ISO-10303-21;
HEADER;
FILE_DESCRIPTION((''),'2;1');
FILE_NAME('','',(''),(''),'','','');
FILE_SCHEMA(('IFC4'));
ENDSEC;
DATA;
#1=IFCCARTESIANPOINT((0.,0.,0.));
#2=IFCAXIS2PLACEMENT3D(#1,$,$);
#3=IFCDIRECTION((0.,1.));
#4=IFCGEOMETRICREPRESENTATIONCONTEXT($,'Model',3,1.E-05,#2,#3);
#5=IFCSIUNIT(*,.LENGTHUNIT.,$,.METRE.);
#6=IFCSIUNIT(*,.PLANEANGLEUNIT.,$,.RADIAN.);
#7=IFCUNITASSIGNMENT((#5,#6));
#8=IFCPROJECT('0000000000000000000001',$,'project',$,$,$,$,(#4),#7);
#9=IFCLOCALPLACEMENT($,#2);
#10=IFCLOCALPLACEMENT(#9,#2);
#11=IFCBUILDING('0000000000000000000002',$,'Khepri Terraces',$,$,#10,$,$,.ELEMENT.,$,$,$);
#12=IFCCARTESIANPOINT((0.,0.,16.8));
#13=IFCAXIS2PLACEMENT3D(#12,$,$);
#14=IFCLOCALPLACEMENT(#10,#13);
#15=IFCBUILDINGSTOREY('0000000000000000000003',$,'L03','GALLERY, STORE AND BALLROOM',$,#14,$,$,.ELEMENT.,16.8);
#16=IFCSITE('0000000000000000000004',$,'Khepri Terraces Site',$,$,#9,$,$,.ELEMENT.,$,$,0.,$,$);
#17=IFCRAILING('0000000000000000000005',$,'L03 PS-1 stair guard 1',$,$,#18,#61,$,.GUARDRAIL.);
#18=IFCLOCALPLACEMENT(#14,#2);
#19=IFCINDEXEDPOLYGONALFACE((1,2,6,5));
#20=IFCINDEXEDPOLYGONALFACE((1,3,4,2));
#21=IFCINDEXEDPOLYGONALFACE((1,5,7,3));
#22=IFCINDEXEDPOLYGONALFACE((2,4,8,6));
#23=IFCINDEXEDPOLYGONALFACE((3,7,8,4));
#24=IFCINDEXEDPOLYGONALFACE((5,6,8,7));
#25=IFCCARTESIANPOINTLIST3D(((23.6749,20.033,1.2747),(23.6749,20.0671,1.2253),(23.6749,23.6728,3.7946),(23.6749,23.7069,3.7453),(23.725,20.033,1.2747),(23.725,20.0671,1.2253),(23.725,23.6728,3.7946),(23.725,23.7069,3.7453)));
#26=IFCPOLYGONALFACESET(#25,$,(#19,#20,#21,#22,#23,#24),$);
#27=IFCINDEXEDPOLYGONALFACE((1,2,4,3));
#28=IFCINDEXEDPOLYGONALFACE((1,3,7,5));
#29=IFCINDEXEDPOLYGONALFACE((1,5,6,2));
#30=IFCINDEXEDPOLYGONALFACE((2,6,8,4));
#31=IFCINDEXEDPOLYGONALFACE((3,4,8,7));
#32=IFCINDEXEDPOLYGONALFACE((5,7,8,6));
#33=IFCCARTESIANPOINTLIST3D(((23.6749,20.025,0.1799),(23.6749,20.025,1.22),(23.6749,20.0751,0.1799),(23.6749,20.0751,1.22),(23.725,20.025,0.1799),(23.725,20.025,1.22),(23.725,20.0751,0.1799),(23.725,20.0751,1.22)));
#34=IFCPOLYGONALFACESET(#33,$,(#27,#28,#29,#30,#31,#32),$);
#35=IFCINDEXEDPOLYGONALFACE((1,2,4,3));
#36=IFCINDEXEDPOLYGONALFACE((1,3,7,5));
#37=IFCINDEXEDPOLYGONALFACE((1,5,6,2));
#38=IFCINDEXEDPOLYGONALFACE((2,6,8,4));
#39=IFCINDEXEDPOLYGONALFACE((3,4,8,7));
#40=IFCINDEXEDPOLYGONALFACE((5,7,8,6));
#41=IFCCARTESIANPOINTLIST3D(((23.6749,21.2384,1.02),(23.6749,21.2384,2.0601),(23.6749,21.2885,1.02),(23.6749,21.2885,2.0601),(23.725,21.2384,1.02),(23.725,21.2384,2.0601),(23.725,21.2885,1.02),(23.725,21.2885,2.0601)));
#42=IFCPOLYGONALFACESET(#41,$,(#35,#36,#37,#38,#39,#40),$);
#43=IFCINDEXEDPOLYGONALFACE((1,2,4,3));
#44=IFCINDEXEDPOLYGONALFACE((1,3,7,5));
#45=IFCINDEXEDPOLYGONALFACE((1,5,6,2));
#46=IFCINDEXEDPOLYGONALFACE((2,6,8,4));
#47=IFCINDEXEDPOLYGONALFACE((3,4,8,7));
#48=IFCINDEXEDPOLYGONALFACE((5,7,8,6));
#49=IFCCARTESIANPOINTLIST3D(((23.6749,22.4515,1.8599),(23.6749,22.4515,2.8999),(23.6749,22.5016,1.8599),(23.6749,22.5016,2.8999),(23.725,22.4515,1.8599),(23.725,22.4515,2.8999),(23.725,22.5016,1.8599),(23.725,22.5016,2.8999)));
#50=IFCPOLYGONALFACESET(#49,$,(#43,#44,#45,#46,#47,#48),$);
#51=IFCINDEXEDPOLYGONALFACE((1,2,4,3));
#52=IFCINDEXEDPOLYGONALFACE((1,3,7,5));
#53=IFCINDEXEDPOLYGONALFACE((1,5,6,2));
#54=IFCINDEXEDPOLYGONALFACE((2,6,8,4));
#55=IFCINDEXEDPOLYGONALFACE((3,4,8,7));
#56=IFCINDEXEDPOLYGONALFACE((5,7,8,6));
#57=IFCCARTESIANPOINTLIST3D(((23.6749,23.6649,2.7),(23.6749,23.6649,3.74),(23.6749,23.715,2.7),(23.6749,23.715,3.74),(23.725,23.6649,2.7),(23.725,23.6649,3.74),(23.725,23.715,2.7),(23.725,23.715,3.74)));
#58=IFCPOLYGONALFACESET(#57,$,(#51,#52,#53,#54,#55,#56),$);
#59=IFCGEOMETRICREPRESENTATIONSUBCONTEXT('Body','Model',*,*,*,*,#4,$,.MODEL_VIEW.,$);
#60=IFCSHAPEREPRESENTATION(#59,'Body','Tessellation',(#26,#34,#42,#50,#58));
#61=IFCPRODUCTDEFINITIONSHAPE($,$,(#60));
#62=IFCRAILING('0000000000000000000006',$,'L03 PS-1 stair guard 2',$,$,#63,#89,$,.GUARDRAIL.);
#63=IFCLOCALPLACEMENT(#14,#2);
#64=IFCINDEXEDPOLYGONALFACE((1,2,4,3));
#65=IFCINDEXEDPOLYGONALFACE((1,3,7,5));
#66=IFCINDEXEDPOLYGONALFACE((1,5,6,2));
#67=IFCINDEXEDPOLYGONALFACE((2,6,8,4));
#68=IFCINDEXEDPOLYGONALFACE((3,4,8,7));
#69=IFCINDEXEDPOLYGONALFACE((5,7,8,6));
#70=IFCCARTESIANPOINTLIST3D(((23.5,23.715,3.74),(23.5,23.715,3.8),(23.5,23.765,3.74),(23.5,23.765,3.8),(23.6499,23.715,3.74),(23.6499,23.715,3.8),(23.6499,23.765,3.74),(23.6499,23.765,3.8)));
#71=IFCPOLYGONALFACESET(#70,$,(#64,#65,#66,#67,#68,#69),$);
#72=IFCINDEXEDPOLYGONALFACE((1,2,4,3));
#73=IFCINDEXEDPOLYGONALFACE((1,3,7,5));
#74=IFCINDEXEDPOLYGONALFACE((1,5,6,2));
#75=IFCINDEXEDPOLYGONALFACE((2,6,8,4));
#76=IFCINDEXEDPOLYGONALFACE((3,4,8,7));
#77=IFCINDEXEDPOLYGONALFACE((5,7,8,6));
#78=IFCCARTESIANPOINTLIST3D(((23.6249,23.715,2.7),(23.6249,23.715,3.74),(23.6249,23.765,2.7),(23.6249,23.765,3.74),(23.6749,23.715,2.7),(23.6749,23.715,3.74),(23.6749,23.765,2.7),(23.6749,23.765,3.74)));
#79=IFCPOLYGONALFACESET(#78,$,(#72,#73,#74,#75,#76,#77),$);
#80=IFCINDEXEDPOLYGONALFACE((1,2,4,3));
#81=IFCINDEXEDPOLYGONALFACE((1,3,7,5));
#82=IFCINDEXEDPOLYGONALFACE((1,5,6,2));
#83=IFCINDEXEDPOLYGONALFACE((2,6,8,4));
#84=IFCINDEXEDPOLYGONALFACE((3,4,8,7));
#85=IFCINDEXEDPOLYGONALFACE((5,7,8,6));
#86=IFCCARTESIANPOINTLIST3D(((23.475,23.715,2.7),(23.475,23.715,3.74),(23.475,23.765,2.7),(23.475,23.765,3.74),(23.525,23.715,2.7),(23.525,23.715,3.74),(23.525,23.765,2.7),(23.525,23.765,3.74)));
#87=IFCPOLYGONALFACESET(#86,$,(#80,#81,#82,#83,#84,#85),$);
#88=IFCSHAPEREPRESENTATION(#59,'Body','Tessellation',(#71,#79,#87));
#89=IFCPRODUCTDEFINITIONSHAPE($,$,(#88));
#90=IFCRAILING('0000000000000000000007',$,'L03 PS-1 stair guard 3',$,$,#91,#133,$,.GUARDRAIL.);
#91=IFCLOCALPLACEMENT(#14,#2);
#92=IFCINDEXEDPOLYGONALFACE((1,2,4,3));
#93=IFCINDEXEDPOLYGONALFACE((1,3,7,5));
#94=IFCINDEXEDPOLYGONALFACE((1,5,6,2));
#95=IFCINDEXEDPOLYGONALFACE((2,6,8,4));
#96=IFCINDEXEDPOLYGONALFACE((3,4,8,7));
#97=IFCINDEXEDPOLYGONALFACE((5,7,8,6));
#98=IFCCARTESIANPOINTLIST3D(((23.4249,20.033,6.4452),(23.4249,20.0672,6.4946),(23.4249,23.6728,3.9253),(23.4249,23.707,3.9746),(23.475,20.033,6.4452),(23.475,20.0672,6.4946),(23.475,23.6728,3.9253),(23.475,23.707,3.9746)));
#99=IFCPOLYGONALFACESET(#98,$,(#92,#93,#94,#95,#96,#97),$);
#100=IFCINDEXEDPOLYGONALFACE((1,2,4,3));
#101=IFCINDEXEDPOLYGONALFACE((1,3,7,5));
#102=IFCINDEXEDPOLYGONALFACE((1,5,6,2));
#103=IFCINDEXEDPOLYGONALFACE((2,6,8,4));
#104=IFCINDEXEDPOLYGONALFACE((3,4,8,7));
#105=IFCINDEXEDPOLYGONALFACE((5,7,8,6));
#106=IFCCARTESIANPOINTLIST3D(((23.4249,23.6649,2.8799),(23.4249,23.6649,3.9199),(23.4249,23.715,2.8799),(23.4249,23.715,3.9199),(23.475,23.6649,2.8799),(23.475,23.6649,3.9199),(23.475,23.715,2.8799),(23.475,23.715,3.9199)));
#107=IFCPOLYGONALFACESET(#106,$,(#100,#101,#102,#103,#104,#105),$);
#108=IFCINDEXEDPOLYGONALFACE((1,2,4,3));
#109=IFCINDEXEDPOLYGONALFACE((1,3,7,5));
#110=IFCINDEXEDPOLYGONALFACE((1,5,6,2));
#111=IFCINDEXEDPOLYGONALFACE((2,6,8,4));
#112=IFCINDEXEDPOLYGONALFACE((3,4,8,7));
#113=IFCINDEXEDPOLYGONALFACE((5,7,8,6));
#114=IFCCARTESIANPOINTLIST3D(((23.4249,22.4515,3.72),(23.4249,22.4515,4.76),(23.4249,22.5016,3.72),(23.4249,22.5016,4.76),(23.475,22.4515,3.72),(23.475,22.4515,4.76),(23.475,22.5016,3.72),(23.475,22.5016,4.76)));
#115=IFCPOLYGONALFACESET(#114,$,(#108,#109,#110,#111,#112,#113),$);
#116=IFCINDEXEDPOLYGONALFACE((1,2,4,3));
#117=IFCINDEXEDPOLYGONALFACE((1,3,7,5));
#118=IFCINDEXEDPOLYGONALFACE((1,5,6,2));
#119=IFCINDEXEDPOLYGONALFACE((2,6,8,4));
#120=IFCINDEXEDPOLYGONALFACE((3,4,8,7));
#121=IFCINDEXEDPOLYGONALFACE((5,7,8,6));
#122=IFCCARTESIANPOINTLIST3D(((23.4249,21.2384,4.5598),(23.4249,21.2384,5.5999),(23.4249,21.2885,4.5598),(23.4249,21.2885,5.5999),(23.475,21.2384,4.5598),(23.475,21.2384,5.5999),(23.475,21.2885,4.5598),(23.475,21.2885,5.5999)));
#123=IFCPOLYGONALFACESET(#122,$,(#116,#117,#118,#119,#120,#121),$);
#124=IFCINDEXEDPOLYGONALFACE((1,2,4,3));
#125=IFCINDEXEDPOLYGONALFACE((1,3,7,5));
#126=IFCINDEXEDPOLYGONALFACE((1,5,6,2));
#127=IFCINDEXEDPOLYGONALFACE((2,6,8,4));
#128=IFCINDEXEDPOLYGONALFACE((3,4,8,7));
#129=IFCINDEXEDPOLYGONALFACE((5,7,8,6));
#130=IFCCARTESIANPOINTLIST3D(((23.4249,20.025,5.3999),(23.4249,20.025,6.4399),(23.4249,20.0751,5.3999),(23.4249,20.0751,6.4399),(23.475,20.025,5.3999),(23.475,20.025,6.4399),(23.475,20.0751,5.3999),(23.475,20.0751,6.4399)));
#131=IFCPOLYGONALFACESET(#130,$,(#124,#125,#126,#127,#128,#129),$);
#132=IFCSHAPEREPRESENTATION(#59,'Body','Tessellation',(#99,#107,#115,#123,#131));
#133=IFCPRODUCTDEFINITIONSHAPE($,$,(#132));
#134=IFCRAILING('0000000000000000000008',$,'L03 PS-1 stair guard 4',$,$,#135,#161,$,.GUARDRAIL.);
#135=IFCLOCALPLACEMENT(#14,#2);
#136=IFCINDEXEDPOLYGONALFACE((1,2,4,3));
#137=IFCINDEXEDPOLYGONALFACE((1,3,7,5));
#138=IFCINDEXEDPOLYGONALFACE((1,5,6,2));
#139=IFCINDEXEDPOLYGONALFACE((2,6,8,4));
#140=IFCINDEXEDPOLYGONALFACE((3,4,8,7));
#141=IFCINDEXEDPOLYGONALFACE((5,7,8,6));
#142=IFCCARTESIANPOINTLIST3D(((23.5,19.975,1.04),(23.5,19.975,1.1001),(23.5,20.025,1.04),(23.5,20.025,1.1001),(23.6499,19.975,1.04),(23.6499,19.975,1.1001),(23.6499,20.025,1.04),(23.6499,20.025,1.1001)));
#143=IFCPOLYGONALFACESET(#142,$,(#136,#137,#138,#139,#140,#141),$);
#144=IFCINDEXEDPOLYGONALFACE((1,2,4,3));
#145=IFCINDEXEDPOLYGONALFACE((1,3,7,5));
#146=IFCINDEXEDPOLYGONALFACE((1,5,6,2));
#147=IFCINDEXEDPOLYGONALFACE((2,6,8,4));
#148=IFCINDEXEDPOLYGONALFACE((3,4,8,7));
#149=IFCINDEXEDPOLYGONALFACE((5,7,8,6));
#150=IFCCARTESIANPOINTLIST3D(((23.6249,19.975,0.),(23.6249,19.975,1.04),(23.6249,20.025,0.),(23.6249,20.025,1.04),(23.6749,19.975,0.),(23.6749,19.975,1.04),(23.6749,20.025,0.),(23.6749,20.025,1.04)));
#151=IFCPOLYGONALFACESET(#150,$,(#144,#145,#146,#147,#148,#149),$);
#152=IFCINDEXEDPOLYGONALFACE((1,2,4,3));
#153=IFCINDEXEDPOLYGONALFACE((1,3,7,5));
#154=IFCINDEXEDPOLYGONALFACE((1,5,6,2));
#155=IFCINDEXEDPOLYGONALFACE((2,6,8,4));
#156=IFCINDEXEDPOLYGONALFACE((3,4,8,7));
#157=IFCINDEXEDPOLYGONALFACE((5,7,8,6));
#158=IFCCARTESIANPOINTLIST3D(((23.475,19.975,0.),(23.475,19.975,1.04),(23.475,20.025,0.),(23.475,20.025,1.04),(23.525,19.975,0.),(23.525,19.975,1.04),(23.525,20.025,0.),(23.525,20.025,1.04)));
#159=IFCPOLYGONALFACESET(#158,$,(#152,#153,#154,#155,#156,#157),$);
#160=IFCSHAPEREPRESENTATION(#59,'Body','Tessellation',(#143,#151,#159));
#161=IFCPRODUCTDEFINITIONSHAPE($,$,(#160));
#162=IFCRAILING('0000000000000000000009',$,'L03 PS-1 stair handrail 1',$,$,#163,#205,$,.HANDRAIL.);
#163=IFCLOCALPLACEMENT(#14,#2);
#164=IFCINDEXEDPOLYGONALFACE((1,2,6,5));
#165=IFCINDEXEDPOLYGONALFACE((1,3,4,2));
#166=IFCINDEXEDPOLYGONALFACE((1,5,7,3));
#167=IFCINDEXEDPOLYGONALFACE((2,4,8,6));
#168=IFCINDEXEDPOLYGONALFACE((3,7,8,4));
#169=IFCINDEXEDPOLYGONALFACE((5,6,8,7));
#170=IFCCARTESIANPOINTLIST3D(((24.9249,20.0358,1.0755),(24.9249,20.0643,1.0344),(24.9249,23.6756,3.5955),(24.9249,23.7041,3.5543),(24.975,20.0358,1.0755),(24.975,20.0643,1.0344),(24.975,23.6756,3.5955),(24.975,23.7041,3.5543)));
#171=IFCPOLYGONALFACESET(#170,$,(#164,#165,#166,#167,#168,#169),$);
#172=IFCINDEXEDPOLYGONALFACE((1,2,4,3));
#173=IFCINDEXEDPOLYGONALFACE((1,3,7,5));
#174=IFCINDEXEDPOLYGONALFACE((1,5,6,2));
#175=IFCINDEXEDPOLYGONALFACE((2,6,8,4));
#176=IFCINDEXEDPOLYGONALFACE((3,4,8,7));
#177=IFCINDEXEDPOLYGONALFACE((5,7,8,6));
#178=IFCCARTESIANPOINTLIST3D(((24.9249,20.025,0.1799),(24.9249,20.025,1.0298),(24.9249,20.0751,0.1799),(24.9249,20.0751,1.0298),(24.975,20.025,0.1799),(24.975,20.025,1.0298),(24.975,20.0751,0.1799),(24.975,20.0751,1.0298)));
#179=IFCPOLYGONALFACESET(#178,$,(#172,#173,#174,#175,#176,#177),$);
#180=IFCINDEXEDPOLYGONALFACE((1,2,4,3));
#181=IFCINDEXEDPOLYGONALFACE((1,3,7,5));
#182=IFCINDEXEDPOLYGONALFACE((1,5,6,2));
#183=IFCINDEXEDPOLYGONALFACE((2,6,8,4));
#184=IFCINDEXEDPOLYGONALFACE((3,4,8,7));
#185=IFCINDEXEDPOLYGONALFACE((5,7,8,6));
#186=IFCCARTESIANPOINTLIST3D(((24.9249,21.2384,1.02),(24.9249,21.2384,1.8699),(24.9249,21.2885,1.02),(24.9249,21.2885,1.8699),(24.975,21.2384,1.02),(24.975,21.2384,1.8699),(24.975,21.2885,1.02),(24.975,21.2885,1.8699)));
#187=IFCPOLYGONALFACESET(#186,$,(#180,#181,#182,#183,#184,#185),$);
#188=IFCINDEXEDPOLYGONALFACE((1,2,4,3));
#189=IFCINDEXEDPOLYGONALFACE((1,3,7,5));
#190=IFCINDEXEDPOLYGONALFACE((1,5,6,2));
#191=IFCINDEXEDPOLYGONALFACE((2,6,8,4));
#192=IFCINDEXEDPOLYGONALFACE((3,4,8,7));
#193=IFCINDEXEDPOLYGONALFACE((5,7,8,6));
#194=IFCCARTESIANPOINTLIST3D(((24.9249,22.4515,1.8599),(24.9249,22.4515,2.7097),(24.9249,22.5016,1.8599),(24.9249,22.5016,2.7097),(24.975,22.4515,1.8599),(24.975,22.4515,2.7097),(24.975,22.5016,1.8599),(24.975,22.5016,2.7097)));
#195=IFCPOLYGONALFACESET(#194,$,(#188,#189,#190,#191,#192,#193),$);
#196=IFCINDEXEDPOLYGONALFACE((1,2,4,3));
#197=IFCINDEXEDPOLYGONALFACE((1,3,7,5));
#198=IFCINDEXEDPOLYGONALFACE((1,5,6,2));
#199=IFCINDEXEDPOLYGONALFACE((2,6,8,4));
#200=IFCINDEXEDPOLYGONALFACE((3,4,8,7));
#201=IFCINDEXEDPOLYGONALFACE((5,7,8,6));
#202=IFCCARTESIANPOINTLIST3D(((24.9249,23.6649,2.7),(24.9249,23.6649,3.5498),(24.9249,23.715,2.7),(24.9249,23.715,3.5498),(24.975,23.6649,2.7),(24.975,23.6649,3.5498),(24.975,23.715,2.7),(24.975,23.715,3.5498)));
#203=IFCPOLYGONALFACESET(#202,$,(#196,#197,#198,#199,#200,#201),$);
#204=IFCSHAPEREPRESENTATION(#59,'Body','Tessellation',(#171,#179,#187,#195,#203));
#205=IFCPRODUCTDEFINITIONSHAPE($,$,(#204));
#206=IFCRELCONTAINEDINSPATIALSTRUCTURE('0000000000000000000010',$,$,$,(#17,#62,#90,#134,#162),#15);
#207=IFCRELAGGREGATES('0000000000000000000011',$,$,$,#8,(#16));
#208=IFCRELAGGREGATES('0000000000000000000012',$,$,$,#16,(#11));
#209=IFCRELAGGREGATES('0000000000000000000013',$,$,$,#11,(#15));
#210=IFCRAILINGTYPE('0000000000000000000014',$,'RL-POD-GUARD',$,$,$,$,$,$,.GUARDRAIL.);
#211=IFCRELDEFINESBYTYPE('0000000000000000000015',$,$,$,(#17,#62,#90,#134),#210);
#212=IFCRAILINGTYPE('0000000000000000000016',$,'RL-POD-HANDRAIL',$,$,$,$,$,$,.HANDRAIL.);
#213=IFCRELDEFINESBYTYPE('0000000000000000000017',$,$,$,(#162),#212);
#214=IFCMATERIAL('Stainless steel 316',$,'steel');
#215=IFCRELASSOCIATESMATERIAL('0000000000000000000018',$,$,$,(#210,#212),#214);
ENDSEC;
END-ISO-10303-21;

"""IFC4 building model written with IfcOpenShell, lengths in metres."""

from ifc_helpers import new_model, si_unit, direction, frame, origin, origin_2d, place, context, subcontext, project, spatial, rectangle, extrude, material, type_object, element, save


model = new_model("IFC4")

# Units and contexts
model_context = context("Model", 3, precision=1e-05, world=origin(), true_north=direction((0.0, 1.0)))
body_context = subcontext(model_context, "Body", "Model", "MODEL_VIEW")
ifc_project = project(units=[si_unit("LENGTHUNIT", "METRE"), si_unit("PLANEANGLEUNIT", "RADIAN")], contexts=[model_context])

# Site, building, storey
site_placement = place(None, origin())
site = spatial("IfcSite", under=ifc_project, at=site_placement, Name="Khepri Terraces Site", CompositionType="ELEMENT", RefElevation=0.0)
building_placement = place(site_placement, origin())
building = spatial("IfcBuilding", under=site, at=building_placement, Name="Khepri Terraces", CompositionType="ELEMENT")
storey_placement = place(building_placement, frame((0.0, 0.0, 16.8)))
storey = spatial("IfcBuildingStorey", under=building, at=storey_placement, Name="L03", Description="GALLERY, STORE AND BALLROOM", CompositionType="ELEMENT", Elevation=16.8)

# Railings
ifc_material_1 = material(Name="Stainless steel 316", Category="steel")
railing_type_1 = type_object("IfcRailingType", Name="RL-POD-GUARD", PredefinedType="GUARDRAIL", material=ifc_material_1)
railing_1_placement = place(storey_placement, frame((23.7, 20.05, 0.1799)))
element("IfcRailing", 1, at=railing_1_placement, inside=storey, type_object=railing_type_1, Name="L03 PS-1 stair guard 1", PredefinedType="GUARDRAIL", context=body_context, shape_type="SweptSolid", body=[
    extrude(rectangle(XDim=0.05, YDim=0.0601, at=origin_2d()), frame((0.0, 0.0, 1.0701), z_axis=(0.0, 0.822182, 0.569224), x_axis=(-1.0, 0.0, 0.0)), (0.0, 0.0, 1.0), 4.427),
    extrude(rectangle(XDim=0.05, YDim=0.05, at=origin_2d()), origin(), (0.0, 0.0, 1.0), 1.04),
    extrude(rectangle(XDim=0.05, YDim=0.05, at=origin_2d()), frame((0.0, 1.2134, 0.8401)), (0.0, 0.0, 1.0), 1.04),
    extrude(rectangle(XDim=0.05, YDim=0.05, at=origin_2d()), frame((0.0, 2.4265, 1.6799)), (0.0, 0.0, 1.0), 1.04),
    extrude(rectangle(XDim=0.05, YDim=0.05, at=origin_2d()), frame((0.0, 3.6399, 2.52)), (0.0, 0.0, 1.0), 1.04),
])
railing_2_placement = place(storey_placement, frame((23.6499, 23.74, 2.7)))
element("IfcRailing", 2, at=railing_2_placement, inside=storey, type_object=railing_type_1, Name="L03 PS-1 stair guard 2", PredefinedType="GUARDRAIL", context=body_context, shape_type="SweptSolid", body=[
    extrude(rectangle(XDim=0.05, YDim=0.0601, at=origin_2d()), frame((0.0, 0.0, 1.0701), z_axis=(-1.0, 0.0, 0.0), x_axis=(0.0, -1.0, 0.0)), (0.0, 0.0, 1.0), 0.1499),
    extrude(rectangle(XDim=0.05, YDim=0.05, at=origin_2d()), origin(), (0.0, 0.0, 1.0), 1.04),
    extrude(rectangle(XDim=0.05, YDim=0.05, at=origin_2d()), frame((-0.1499, 0.0, 0.0)), (0.0, 0.0, 1.0), 1.04),
])
railing_3_placement = place(storey_placement, frame((23.45, 23.6899, 2.8799)))
element("IfcRailing", 3, at=railing_3_placement, inside=storey, type_object=railing_type_1, Name="L03 PS-1 stair guard 3", PredefinedType="GUARDRAIL", context=body_context, shape_type="SweptSolid", body=[
    extrude(rectangle(XDim=0.05, YDim=0.0601, at=origin_2d()), frame((0.0, 0.0, 1.0701), z_axis=(0.0, -0.822182, 0.569224), x_axis=(1.0, 0.0, 0.0)), (0.0, 0.0, 1.0), 4.427),
    extrude(rectangle(XDim=0.05, YDim=0.05, at=origin_2d()), origin(), (0.0, 0.0, 1.0), 1.04),
    extrude(rectangle(XDim=0.05, YDim=0.05, at=origin_2d()), frame((0.0, -1.2134, 0.8401)), (0.0, 0.0, 1.0), 1.04),
    extrude(rectangle(XDim=0.05, YDim=0.05, at=origin_2d()), frame((0.0, -2.4265, 1.6799)), (0.0, 0.0, 1.0), 1.04),
    extrude(rectangle(XDim=0.05, YDim=0.05, at=origin_2d()), frame((0.0, -3.6399, 2.52)), (0.0, 0.0, 1.0), 1.04),
])
railing_4_placement = place(storey_placement, frame((23.6499, 20.0, 0.0)))
element("IfcRailing", 4, at=railing_4_placement, inside=storey, type_object=railing_type_1, Name="L03 PS-1 stair guard 4", PredefinedType="GUARDRAIL", context=body_context, shape_type="SweptSolid", body=[
    extrude(rectangle(XDim=0.05, YDim=0.0601, at=origin_2d()), frame((0.0, 0.0, 1.0701), z_axis=(-1.0, 0.0, 0.0), x_axis=(0.0, -1.0, 0.0)), (0.0, 0.0, 1.0), 0.1499),
    extrude(rectangle(XDim=0.05, YDim=0.05, at=origin_2d()), origin(), (0.0, 0.0, 1.0), 1.04),
    extrude(rectangle(XDim=0.05, YDim=0.05, at=origin_2d()), frame((-0.1499, 0.0, 0.0)), (0.0, 0.0, 1.0), 1.04),
])
railing_type_2 = type_object("IfcRailingType", Name="RL-POD-HANDRAIL", PredefinedType="HANDRAIL", material=ifc_material_1)
railing_5_placement = place(storey_placement, frame((24.95, 20.05, 0.1799)))
element("IfcRailing", 5, at=railing_5_placement, inside=storey, type_object=railing_type_2, Name="L03 PS-1 stair handrail 1", PredefinedType="HANDRAIL", context=body_context, shape_type="SweptSolid", body=[
    extrude(rectangle(XDim=0.05, YDim=0.05, at=origin_2d()), frame((0.0, 0.0, 0.875), z_axis=(0.0, 0.822182, 0.569224), x_axis=(-1.0, 0.0, 0.0)), (0.0, 0.0, 1.0), 4.427),
    extrude(rectangle(XDim=0.05, YDim=0.05, at=origin_2d()), origin(), (0.0, 0.0, 1.0), 0.8499),
    extrude(rectangle(XDim=0.05, YDim=0.05, at=origin_2d()), frame((0.0, 1.2134, 0.8401)), (0.0, 0.0, 1.0), 0.8499),
    extrude(rectangle(XDim=0.05, YDim=0.05, at=origin_2d()), frame((0.0, 2.4265, 1.6799)), (0.0, 0.0, 1.0), 0.8499),
    extrude(rectangle(XDim=0.05, YDim=0.05, at=origin_2d()), frame((0.0, 3.6399, 2.52)), (0.0, 0.0, 1.0), 0.8499),
])

save(model, "model.ifc")
